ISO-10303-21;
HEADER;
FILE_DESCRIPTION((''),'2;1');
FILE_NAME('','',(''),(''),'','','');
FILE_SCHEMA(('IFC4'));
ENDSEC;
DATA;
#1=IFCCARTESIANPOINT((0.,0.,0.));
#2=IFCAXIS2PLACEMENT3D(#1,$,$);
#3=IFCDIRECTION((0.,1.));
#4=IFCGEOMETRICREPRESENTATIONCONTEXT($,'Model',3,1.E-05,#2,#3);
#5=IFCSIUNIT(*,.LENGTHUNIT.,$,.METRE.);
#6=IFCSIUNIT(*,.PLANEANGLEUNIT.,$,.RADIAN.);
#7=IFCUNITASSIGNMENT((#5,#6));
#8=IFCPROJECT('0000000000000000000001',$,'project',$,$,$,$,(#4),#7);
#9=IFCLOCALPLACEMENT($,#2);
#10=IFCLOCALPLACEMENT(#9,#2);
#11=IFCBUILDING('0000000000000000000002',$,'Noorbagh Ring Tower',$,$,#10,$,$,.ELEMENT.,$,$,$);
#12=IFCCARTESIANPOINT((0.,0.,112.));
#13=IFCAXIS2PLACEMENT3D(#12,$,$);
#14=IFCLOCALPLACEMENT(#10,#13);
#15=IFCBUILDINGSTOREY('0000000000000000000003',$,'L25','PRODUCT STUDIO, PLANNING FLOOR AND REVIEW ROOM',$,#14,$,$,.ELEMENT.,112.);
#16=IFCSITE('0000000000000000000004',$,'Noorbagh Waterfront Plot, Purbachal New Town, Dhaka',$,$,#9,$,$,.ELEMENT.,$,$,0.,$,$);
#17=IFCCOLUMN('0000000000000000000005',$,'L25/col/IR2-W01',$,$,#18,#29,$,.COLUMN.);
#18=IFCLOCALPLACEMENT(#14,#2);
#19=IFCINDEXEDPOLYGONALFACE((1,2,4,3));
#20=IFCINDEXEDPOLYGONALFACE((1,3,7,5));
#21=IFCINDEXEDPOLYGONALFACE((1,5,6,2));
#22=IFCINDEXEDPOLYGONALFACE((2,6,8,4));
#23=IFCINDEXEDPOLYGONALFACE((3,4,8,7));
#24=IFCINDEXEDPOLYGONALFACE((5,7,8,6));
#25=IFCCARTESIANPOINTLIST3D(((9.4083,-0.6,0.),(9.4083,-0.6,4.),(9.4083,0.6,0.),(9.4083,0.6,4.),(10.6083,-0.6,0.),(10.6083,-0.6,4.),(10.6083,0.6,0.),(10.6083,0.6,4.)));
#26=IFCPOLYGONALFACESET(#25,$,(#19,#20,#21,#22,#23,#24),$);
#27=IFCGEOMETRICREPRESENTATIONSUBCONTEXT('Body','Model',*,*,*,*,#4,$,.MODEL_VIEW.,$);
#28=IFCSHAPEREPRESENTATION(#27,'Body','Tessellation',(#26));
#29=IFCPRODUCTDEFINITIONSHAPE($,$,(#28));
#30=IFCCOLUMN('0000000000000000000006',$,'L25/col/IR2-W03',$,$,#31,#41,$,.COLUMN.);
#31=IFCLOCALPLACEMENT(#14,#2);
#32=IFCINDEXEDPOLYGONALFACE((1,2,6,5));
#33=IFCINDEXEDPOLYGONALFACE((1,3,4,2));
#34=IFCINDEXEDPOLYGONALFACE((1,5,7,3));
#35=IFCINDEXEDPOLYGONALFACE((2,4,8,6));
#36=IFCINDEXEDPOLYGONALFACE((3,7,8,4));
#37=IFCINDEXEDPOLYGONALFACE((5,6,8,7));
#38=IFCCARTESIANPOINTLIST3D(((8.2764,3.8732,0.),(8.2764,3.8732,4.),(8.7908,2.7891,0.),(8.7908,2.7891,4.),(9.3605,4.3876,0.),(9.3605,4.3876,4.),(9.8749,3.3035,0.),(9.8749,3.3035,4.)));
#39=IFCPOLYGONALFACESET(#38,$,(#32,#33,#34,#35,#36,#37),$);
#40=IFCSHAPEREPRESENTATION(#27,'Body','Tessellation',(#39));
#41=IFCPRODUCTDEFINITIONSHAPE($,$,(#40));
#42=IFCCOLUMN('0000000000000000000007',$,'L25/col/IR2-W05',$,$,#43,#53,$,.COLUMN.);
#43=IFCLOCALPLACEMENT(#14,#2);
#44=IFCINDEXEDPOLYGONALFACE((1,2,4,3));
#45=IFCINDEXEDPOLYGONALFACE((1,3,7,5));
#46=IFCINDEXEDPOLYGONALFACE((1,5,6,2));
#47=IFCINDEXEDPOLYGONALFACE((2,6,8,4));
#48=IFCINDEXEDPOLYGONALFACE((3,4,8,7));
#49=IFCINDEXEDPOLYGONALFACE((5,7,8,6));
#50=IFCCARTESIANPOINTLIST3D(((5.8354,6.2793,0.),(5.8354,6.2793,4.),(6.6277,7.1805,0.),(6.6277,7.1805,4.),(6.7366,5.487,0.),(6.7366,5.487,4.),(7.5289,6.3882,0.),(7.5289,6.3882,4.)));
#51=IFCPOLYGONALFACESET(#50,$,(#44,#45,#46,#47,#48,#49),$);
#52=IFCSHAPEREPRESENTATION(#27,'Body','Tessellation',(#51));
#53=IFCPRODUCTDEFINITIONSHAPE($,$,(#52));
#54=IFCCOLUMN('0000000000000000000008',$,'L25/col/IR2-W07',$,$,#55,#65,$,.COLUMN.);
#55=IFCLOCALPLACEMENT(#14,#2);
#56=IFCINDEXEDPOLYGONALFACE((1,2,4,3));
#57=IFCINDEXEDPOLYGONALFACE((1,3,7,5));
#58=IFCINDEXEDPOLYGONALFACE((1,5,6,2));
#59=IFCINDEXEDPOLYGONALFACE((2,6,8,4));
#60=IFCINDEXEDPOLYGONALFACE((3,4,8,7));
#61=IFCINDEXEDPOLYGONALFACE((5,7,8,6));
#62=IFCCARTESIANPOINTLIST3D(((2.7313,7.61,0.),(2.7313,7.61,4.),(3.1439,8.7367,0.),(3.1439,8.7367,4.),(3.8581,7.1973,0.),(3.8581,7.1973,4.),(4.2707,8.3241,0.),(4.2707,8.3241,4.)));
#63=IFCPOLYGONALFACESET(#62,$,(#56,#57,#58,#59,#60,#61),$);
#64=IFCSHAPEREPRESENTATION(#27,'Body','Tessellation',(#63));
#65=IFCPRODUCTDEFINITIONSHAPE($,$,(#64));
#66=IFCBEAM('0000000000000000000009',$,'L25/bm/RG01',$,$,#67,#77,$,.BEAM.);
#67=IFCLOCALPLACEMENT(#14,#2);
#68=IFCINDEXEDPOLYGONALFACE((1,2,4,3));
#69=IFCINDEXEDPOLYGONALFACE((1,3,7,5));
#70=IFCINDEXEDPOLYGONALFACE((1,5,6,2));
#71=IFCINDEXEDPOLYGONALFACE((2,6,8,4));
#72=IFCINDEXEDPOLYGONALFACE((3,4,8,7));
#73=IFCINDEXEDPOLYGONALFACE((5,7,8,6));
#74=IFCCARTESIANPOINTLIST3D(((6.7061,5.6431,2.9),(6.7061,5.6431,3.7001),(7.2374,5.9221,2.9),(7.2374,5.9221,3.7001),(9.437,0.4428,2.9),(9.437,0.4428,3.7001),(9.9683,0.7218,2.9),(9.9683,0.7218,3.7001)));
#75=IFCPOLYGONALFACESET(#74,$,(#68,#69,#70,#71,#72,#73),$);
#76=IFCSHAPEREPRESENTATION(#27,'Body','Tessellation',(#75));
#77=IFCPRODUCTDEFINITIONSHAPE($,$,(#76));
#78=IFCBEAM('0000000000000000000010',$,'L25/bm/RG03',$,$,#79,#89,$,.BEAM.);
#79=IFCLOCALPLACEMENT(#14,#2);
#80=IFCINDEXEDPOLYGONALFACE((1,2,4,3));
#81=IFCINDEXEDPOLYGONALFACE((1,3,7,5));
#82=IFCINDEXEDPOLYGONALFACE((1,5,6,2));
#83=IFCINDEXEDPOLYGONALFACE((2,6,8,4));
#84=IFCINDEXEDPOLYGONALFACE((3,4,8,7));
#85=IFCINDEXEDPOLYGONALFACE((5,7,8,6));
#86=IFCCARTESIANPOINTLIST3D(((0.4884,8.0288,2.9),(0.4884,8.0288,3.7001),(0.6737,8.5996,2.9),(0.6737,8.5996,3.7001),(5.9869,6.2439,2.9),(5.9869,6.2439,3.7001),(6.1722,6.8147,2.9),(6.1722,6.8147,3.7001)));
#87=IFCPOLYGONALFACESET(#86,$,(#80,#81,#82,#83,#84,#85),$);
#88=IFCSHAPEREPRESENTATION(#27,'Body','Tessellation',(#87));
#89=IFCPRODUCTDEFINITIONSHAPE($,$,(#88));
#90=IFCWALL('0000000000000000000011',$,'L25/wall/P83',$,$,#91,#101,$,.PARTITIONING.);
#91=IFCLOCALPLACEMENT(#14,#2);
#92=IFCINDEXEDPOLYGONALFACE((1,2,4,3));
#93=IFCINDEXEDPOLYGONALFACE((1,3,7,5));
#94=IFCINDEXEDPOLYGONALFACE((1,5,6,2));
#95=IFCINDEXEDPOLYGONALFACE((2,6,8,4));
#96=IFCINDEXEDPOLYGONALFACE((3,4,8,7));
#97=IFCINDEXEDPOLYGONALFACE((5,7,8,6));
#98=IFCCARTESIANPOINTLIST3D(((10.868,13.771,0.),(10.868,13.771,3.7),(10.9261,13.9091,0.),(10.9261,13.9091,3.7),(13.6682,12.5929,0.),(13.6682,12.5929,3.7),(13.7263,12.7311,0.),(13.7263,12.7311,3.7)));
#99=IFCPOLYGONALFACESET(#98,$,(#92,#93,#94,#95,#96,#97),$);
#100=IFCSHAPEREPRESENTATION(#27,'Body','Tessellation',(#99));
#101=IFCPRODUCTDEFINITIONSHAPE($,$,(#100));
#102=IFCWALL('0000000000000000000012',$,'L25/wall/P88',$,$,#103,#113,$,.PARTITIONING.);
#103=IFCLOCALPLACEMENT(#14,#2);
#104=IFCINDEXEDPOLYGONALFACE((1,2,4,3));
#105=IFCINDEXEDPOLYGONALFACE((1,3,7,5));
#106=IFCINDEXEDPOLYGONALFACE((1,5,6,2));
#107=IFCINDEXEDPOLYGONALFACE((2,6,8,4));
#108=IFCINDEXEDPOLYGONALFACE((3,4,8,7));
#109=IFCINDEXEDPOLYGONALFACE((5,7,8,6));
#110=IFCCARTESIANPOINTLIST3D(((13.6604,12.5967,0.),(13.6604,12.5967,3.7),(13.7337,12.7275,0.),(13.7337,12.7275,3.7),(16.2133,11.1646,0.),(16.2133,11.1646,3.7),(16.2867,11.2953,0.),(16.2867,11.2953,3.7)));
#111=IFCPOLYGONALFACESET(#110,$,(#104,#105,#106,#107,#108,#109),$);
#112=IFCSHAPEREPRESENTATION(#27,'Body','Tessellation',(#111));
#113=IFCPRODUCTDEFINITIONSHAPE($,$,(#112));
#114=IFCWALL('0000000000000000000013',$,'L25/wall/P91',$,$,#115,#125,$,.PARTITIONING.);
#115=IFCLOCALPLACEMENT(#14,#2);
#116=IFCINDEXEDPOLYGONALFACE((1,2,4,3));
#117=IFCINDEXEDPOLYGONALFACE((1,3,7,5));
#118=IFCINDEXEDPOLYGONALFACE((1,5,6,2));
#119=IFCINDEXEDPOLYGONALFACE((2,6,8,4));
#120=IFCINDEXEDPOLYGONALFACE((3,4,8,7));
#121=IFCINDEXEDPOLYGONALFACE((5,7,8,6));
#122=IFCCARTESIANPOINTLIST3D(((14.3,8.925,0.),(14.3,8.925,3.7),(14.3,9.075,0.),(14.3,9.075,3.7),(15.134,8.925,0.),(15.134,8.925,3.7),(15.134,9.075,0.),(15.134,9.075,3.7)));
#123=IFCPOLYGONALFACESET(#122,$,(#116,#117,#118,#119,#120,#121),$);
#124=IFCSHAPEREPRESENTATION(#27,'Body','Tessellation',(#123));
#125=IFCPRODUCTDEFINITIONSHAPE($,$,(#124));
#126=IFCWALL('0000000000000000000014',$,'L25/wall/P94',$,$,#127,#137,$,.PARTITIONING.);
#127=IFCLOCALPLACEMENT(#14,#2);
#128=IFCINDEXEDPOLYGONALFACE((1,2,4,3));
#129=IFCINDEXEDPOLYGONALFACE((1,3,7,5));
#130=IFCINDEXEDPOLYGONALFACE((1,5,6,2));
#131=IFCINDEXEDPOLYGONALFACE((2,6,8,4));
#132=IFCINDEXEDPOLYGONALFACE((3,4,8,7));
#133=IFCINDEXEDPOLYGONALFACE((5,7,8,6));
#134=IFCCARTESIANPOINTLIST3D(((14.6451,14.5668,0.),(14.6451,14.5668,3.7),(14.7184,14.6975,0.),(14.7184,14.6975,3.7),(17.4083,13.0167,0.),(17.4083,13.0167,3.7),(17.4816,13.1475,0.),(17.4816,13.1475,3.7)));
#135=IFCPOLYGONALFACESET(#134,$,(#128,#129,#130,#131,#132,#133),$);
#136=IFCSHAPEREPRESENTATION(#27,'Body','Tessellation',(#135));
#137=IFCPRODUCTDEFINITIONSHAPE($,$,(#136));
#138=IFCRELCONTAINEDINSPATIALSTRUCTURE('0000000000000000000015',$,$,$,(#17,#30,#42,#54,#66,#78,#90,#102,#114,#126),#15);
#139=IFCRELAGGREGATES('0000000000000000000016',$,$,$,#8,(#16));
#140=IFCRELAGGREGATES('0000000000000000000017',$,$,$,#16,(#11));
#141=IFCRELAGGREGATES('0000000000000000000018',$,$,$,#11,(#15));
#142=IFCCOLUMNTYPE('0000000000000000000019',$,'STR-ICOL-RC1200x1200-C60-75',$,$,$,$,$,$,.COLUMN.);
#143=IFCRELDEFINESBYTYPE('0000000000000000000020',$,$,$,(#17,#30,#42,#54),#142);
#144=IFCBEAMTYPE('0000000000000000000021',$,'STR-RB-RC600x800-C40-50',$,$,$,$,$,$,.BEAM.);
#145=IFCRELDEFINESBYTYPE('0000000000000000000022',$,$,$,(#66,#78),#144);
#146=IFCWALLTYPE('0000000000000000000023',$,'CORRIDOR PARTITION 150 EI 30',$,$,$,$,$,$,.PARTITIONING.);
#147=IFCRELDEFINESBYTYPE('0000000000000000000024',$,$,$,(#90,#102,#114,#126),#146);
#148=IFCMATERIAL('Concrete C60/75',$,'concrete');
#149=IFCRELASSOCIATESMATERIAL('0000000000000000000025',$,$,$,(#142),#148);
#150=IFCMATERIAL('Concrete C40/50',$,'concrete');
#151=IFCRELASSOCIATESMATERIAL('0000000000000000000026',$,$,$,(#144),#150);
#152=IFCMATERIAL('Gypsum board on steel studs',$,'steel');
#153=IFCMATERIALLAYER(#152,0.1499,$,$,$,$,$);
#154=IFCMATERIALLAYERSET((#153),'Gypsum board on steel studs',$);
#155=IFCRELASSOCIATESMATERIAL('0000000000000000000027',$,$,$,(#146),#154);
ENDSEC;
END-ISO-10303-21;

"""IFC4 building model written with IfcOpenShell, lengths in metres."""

from ifc_helpers import new_model, si_unit, direction, frame, frame_2d, origin, origin_2d, place, context, subcontext, project, spatial, rectangle, extrude, material, layer, layer_set, material_profile, profile_set, type_object, element, save


model = new_model("IFC4")

# Units and contexts
model_context = context("Model", 3, precision=1e-05, world=origin(), true_north=direction((0.0, 1.0)))
body_context = subcontext(model_context, "Body", "Model", "MODEL_VIEW")
ifc_project = project(units=[si_unit("LENGTHUNIT", "METRE"), si_unit("PLANEANGLEUNIT", "RADIAN")], contexts=[model_context])

# Site, building, storey
site_placement = place(None, origin())
site = spatial("IfcSite", under=ifc_project, at=site_placement, Name="Noorbagh Waterfront Plot, Purbachal New Town, Dhaka", CompositionType="ELEMENT", RefElevation=0.0)
building_placement = place(site_placement, origin())
building = spatial("IfcBuilding", under=site, at=building_placement, Name="Noorbagh Ring Tower", CompositionType="ELEMENT")
storey_placement = place(building_placement, frame((0.0, 0.0, 112.0)))
storey = spatial("IfcBuildingStorey", under=building, at=storey_placement, Name="L25", Description="PRODUCT STUDIO, PLANNING FLOOR AND REVIEW ROOM", CompositionType="ELEMENT", Elevation=112.0)

# Columns
ifc_material_1 = material(Name="Concrete C60/75", Category="concrete")
ifc_material_profile_1 = material_profile(ifc_material_1, rectangle(XDim=1.2, YDim=1.2, at=origin_2d()), Name="RC1200x1200")
ifc_profile_set_1 = profile_set([ifc_material_profile_1], Name="Concrete C60/75")
column_type = type_object("IfcColumnType", Name="STR-ICOL-RC1200x1200-C60-75", PredefinedType="COLUMN", material=ifc_profile_set_1)
for number, where, z_axis, x_axis, name in (
    (1, (10.0083, 0.0, 0.0), (0.0, 0.0, 1.0), (0.0, 1.0, 0.0), "L25/col/IR2-W01"),
    (2, (9.0757, 3.5884, 0.0), (0.0, 0.0, 1.0), (-0.428667, 0.903463, 0.0), "L25/col/IR2-W03"),
    (3, (6.6821, 6.3337, 0.0), (0.0, 0.0, 1.0), (-0.751022, 0.660277, 0.0), "L25/col/IR2-W05"),
    (4, (3.501, 7.967, 0.0), (0.0, 0.0, 1.0), (-0.93902, 0.343864, 0.0), "L25/col/IR2-W07"),
):
    element("IfcColumn", number, at=place(storey_placement, frame(where, z_axis=z_axis, x_axis=x_axis)), inside=storey, type_object=column_type, Name=name, PredefinedType="COLUMN", context=body_context, shape_type="SweptSolid", body=[
        extrude(rectangle(XDim=1.2, YDim=1.2, at=origin_2d()), origin(), (0.0, 0.0, 1.0), 4.0),
    ])

# Beams
ifc_material_2 = material(Name="Concrete C40/50", Category="concrete")
ifc_material_profile_2 = material_profile(ifc_material_2, rectangle(XDim=0.6001, YDim=0.8, at=origin_2d()), Name="RC600x800")
ifc_profile_set_2 = profile_set([ifc_material_profile_2], Name="Concrete C40/50")
beam_type = type_object("IfcBeamType", Name="STR-RB-RC600x800-C40-50", PredefinedType="BEAM", material=ifc_profile_set_2)
beam_1_placement = place(storey_placement, frame((9.7026, 0.5823, 3.3), z_axis=(-0.464931, 0.885347, 0.0), x_axis=(-0.885347, -0.464931, 0.0)))
element("IfcBeam", 5, at=beam_1_placement, inside=storey, type_object=beam_type, Name="L25/bm/RG01", PredefinedType="BEAM", context=body_context, shape_type="SweptSolid", body=[
    extrude(rectangle(XDim=0.6001, YDim=0.8, at=origin_2d()), origin(), (0.0, 0.0, 1.0), 5.8738),
])
beam_2_placement = place(storey_placement, frame((6.0796, 6.5293, 3.3), z_axis=(-0.951141, 0.308756, 0.0), x_axis=(-0.308756, -0.951141, 0.0)))
element("IfcBeam", 6, at=beam_2_placement, inside=storey, type_object=beam_type, Name="L25/bm/RG03", PredefinedType="BEAM", context=body_context, shape_type="SweptSolid", body=[
    extrude(rectangle(XDim=0.6001, YDim=0.8, at=origin_2d()), origin(), (0.0, 0.0, 1.0), 5.781),
])

# Walls
ifc_material_3 = material(Name="Gypsum board on steel studs", Category="steel")
ifc_layer = layer(ifc_material_3, 0.1499)
ifc_layer_set = layer_set([ifc_layer], Name="Gypsum board on steel studs")
wall_type = type_object("IfcWallType", Name="CORRIDOR PARTITION 150 EI 30", PredefinedType="PARTITIONING", material=ifc_layer_set)
wall_1_placement = place(storey_placement, frame((10.897, 13.8401, 0.0), z_axis=(0.0, 0.0, 1.0), x_axis=(0.921752, -0.38778, 0.0)))
element("IfcWall", 7, at=wall_1_placement, inside=storey, type_object=wall_type, Name="L25/wall/P83", PredefinedType="PARTITIONING", context=body_context, shape_type="SweptSolid", body=[
    extrude(rectangle(XDim=3.0378, YDim=0.1499, at=frame_2d((1.519, 0.0))), origin(), (0.0, 0.0, 1.0), 3.7),
])
wall_2_placement = place(storey_placement, frame((13.697, 12.6621, 0.0), z_axis=(0.0, 0.0, 1.0), x_axis=(0.872147, -0.489243, 0.0)))
element("IfcWall", 8, at=wall_2_placement, inside=storey, type_object=wall_type, Name="L25/wall/P88", PredefinedType="PARTITIONING", context=body_context, shape_type="SweptSolid", body=[
    extrude(rectangle(XDim=2.9272, YDim=0.1499, at=frame_2d((1.4636, 0.0))), origin(), (0.0, 0.0, 1.0), 3.7),
])
wall_3_placement = place(storey_placement, frame((14.3, 9.0, 0.0), z_axis=(0.0, 0.0, 1.0), x_axis=(1.0, 0.0, 0.0)))
element("IfcWall", 9, at=wall_3_placement, inside=storey, type_object=wall_type, Name="L25/wall/P91", PredefinedType="PARTITIONING", context=body_context, shape_type="SweptSolid", body=[
    extrude(rectangle(XDim=0.834, YDim=0.1499, at=frame_2d((0.417, 0.0))), origin(), (0.0, 0.0, 1.0), 3.7),
])
wall_4_placement = place(storey_placement, frame((14.6819, 14.6321, 0.0), z_axis=(0.0, 0.0, 1.0), x_axis=(0.872147, -0.489244, 0.0)))
element("IfcWall", 10, at=wall_4_placement, inside=storey, type_object=wall_type, Name="L25/wall/P94", PredefinedType="PARTITIONING", context=body_context, shape_type="SweptSolid", body=[
    extrude(rectangle(XDim=3.1682, YDim=0.1499, at=frame_2d((1.584, 0.0))), origin(), (0.0, 0.0, 1.0), 3.7),
])

save(model, "model.ifc")
